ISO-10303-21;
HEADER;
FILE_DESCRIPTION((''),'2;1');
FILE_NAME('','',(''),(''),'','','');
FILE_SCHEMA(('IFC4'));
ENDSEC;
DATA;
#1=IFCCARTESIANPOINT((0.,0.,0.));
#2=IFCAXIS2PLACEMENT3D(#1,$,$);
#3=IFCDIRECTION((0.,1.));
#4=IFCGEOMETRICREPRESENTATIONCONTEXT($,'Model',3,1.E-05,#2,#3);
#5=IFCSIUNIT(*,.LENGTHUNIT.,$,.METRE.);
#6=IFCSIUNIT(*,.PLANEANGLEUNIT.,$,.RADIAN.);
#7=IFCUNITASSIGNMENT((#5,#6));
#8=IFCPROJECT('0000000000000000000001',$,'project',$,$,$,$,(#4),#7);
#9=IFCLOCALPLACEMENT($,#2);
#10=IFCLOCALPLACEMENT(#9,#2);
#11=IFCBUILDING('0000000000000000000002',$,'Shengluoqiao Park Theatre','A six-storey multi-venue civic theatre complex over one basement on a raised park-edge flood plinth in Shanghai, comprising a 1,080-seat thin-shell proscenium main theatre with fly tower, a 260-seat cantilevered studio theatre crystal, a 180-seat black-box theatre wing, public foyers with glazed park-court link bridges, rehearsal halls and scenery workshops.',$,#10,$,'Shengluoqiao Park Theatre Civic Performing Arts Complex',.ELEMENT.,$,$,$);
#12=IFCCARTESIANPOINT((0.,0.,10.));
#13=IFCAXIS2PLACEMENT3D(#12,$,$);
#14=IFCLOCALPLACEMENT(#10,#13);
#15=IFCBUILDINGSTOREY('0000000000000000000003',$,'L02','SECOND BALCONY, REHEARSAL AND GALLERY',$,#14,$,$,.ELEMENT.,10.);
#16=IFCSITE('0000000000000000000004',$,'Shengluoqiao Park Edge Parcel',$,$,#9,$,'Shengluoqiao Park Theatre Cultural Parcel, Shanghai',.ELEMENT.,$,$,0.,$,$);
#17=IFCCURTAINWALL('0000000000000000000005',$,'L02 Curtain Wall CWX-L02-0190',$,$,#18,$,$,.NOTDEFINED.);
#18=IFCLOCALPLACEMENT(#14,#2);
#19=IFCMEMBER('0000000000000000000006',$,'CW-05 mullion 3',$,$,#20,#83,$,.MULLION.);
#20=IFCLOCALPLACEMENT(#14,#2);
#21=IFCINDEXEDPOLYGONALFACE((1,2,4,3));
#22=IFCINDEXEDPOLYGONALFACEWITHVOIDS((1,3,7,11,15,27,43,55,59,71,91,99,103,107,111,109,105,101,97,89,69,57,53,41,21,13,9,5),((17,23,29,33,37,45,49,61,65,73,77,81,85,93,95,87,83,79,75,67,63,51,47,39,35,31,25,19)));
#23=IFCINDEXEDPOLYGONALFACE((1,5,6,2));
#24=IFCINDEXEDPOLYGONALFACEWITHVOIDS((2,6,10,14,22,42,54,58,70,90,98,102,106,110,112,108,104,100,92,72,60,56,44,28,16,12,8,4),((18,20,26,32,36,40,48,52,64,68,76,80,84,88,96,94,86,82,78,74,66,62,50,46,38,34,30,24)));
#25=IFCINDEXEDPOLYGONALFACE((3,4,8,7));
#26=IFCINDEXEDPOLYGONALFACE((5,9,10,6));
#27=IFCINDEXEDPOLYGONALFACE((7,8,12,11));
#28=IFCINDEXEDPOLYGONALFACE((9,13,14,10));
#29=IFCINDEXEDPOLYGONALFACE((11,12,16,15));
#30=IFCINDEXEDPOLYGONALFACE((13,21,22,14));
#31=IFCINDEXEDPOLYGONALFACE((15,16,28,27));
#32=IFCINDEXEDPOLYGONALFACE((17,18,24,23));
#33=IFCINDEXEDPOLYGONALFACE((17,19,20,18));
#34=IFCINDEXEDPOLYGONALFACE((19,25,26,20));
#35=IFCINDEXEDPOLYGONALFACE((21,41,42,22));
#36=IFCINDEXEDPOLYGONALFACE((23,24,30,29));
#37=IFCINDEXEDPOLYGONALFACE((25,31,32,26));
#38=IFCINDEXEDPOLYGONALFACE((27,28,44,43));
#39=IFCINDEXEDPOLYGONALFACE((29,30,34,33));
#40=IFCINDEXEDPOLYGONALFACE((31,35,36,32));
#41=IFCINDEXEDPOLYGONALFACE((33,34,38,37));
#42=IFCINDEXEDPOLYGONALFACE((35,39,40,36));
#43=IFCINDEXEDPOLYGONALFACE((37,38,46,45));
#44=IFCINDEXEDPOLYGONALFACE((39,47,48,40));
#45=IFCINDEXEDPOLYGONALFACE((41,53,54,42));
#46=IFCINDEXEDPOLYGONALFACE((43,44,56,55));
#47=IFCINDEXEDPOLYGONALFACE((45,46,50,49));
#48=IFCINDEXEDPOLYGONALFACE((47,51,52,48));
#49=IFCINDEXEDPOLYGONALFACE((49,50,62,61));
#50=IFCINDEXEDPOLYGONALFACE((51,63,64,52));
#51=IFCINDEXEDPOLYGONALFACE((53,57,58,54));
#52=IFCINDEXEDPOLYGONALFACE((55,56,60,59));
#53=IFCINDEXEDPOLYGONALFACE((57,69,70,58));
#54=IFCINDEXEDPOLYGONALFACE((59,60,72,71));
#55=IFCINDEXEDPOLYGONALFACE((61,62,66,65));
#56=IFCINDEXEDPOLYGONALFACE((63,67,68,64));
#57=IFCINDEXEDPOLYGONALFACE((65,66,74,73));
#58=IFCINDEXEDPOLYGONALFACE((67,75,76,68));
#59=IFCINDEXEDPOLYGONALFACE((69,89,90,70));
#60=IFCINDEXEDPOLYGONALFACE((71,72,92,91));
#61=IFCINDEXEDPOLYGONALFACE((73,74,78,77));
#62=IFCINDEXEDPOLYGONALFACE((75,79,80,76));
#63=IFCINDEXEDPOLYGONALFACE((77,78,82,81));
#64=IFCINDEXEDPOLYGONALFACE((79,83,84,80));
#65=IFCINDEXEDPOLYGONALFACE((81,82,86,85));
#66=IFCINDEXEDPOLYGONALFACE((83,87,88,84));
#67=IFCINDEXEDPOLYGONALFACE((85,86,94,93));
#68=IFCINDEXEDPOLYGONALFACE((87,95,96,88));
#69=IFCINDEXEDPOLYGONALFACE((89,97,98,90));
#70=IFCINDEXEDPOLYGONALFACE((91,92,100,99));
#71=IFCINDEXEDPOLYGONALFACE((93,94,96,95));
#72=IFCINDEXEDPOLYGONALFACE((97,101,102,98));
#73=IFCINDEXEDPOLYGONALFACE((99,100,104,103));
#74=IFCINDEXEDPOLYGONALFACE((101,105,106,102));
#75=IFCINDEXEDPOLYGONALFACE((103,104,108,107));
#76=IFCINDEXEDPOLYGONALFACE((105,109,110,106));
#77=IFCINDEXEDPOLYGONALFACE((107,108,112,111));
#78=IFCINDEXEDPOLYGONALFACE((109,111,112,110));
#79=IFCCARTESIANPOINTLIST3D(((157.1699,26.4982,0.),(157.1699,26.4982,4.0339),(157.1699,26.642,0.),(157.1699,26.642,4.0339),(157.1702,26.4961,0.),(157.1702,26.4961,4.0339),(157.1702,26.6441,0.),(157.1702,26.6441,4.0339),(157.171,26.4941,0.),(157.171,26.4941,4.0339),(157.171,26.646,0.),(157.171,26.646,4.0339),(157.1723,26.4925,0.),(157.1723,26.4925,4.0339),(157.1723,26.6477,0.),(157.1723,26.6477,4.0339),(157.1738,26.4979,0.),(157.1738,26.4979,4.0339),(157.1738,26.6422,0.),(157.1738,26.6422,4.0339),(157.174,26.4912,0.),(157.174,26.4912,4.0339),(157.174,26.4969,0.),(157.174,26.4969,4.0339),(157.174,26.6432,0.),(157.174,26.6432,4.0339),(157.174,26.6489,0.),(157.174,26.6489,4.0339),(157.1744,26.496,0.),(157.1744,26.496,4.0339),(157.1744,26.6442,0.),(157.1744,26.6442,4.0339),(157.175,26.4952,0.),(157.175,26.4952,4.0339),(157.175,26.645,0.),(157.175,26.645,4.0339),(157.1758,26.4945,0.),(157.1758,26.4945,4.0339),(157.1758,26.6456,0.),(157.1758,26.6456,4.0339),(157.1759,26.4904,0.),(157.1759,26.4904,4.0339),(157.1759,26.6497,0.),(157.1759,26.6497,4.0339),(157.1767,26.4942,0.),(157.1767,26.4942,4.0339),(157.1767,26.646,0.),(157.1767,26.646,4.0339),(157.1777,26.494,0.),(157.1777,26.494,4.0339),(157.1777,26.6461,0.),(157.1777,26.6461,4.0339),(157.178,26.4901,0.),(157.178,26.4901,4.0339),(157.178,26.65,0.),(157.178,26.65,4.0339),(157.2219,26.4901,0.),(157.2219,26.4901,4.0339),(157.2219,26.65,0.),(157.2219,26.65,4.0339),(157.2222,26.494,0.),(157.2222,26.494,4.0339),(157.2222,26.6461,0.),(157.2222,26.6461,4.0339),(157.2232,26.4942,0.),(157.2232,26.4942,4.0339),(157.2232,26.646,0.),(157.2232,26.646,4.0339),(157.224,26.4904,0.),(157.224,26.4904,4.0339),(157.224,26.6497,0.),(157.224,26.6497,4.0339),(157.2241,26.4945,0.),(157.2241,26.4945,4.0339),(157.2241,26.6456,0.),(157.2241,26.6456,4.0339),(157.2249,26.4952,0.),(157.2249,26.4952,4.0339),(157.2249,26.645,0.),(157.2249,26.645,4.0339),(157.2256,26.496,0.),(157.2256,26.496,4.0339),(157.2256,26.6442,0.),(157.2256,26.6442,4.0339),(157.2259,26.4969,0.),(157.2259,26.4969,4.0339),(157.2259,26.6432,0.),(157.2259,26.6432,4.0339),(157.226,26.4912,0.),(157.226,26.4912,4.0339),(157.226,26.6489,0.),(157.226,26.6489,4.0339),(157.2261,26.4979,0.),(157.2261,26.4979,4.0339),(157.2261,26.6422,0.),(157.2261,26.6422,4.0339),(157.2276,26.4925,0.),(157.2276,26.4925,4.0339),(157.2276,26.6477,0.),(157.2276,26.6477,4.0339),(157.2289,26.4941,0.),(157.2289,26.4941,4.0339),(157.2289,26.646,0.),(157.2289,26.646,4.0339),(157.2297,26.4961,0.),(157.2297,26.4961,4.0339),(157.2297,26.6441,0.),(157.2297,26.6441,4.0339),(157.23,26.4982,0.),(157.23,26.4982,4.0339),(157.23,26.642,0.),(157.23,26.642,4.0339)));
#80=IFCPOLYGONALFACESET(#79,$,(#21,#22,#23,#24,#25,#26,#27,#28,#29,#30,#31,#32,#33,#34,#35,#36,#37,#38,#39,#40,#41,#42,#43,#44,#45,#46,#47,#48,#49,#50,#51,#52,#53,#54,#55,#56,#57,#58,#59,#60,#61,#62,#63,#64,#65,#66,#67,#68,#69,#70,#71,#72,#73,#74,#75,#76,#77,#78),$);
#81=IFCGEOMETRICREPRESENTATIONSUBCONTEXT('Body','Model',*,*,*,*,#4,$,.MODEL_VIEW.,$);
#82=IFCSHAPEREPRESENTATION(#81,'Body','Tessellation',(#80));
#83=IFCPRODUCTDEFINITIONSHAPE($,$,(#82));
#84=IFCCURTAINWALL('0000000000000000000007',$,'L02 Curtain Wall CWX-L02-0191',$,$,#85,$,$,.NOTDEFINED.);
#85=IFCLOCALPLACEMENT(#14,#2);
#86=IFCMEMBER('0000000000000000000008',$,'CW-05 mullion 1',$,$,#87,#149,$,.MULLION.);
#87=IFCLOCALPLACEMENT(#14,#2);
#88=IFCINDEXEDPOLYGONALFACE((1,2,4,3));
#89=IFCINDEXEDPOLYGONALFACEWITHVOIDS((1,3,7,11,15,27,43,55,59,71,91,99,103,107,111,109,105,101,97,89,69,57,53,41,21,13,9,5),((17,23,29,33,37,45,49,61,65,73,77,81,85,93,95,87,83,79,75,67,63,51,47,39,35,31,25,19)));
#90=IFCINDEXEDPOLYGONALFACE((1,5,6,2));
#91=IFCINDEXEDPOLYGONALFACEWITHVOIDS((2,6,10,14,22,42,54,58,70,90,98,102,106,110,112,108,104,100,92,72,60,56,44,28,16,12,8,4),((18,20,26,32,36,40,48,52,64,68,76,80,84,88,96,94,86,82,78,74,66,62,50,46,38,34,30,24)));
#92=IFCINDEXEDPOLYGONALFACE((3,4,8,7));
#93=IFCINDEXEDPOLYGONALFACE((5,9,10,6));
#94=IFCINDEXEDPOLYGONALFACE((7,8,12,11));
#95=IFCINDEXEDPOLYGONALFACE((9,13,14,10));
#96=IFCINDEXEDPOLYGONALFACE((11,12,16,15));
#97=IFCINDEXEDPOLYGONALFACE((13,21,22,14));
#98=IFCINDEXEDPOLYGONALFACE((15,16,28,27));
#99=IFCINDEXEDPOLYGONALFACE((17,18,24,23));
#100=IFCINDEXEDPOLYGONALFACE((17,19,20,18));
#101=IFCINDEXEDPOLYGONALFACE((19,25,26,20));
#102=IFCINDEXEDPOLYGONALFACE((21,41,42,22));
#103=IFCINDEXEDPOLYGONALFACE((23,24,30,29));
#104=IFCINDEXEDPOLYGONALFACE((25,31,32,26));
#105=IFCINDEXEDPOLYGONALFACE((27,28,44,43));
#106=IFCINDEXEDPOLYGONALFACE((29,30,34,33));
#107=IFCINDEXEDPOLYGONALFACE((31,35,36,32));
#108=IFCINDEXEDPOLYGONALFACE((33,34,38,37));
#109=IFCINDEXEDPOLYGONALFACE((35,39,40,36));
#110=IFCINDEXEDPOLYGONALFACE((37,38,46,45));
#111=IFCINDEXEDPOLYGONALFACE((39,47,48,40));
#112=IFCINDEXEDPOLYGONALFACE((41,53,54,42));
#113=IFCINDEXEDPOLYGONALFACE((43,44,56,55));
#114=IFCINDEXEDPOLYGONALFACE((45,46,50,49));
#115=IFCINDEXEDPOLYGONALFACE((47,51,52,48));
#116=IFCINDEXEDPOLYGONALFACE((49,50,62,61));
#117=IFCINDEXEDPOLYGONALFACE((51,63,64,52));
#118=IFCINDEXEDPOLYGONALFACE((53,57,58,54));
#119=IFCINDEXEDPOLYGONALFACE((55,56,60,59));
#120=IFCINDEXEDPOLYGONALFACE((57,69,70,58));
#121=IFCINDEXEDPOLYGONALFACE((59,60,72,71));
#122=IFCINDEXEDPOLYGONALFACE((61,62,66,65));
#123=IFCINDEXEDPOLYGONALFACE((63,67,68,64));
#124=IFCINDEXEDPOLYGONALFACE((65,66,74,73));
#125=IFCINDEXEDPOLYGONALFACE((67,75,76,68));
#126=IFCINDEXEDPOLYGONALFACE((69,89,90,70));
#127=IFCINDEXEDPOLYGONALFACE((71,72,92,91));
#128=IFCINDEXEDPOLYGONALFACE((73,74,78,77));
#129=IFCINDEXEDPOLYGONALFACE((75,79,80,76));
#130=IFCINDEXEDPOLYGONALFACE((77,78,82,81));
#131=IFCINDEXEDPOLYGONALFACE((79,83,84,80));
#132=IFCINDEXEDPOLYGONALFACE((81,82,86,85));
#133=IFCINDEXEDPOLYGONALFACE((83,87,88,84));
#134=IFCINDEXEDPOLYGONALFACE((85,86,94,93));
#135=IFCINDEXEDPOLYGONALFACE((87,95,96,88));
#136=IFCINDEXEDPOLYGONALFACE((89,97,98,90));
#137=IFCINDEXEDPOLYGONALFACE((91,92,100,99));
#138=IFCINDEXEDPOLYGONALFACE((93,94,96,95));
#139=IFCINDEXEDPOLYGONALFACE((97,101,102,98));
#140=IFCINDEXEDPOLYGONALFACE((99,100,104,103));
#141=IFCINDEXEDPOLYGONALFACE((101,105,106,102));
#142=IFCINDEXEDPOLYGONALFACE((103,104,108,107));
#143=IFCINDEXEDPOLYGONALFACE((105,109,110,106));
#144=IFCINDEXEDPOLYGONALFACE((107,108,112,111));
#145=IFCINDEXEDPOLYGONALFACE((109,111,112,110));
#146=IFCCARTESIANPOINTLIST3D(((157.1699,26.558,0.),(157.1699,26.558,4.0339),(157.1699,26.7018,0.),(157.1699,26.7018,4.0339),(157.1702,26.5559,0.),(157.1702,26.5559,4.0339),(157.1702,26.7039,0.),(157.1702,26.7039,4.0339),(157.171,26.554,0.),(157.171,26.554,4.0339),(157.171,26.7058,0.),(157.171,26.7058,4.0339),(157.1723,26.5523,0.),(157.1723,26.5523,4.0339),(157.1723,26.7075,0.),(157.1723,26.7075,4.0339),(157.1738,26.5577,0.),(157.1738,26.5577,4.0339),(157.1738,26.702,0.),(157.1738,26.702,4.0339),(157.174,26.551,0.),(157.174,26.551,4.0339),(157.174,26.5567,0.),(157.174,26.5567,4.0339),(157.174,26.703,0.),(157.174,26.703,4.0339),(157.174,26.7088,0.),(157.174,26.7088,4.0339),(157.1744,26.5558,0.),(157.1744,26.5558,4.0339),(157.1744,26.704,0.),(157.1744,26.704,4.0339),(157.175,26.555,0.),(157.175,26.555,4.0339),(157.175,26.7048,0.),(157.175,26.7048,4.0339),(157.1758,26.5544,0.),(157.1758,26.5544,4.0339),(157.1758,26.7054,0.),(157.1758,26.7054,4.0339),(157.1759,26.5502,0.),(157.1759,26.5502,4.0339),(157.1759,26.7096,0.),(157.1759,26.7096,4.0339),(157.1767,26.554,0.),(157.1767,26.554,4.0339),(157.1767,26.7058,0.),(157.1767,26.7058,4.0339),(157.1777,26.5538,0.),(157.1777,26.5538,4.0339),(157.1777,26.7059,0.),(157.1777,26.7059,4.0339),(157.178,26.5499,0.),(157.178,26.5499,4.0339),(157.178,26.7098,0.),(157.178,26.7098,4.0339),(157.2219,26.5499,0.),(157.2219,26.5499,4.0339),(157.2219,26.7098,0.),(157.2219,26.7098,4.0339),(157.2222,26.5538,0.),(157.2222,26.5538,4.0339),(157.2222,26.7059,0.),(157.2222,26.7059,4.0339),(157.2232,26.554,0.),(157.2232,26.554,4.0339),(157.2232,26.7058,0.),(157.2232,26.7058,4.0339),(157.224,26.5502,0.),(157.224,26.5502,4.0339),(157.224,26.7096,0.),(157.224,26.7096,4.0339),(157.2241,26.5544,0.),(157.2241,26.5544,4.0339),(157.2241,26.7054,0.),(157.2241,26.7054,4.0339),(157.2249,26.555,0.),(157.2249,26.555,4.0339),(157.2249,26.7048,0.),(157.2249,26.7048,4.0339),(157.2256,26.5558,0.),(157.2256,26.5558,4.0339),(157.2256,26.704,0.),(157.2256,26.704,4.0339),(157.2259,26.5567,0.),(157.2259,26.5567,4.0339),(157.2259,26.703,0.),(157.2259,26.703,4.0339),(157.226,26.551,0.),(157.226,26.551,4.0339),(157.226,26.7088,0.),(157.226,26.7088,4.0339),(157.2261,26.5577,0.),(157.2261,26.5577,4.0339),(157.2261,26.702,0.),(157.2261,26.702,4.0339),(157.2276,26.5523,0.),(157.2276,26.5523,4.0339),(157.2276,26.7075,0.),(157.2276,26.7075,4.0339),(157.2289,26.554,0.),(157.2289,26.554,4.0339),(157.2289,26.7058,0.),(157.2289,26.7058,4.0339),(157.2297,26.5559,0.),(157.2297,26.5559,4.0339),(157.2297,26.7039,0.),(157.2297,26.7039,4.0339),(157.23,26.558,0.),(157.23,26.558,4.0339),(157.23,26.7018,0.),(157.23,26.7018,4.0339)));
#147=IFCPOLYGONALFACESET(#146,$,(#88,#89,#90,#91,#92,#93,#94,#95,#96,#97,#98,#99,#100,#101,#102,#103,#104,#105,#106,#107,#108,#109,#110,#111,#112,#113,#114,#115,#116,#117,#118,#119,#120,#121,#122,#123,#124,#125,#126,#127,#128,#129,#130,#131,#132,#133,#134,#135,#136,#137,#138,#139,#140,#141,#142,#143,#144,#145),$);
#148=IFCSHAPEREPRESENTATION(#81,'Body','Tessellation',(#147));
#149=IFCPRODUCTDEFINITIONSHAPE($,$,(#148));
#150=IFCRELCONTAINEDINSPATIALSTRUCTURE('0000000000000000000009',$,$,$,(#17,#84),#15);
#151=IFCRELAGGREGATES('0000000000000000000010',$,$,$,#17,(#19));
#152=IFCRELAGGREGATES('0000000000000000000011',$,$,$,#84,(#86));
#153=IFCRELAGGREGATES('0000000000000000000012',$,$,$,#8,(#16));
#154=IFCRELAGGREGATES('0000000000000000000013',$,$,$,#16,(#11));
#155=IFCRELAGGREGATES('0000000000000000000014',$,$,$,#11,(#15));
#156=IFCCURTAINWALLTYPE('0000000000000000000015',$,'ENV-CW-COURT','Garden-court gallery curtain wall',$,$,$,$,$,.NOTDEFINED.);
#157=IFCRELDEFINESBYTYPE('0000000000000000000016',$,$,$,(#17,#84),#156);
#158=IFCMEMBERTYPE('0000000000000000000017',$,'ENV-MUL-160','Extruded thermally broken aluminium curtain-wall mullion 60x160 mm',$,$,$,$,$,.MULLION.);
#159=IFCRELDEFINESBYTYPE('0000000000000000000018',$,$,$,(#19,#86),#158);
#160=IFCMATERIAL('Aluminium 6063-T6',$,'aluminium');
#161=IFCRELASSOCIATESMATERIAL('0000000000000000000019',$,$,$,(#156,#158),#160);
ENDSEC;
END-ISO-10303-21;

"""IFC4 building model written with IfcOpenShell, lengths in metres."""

from ifc_helpers import new_model, si_unit, direction, frame, origin, origin_2d, place, context, subcontext, project, spatial, hollow_rectangle, extrude, material, material_profile, profile_set, type_object, element, aggregate, save


model = new_model("IFC4")

# Units and contexts
model_context = context("Model", 3, precision=1e-05, world=origin(), true_north=direction((0.0, 1.0)))
body_context = subcontext(model_context, "Body", "Model", "MODEL_VIEW")
ifc_project = project(units=[si_unit("LENGTHUNIT", "METRE"), si_unit("PLANEANGLEUNIT", "RADIAN")], contexts=[model_context])

# Site, building, storey
site_placement = place(None, origin())
site = spatial("IfcSite", under=ifc_project, at=site_placement, Name="Shengluoqiao Park Edge Parcel", LongName="Shengluoqiao Park Theatre Cultural Parcel, Shanghai", CompositionType="ELEMENT", RefElevation=0.0)
building_placement = place(site_placement, origin())
building = spatial("IfcBuilding", under=site, at=building_placement, Name="Shengluoqiao Park Theatre", Description="A six-storey multi-venue civic theatre complex over one basement on a raised park-edge flood plinth in Shanghai, comprising a 1,080-seat thin-shell proscenium main theatre with fly tower, a 260-seat cantilevered studio theatre crystal, a 180-seat black-box theatre wing, public foyers with glazed park-court link bridges, rehearsal halls and scenery workshops.", LongName="Shengluoqiao Park Theatre Civic Performing Arts Complex", CompositionType="ELEMENT")
storey_placement = place(building_placement, frame((0.0, 0.0, 10.0)))
storey = spatial("IfcBuildingStorey", under=building, at=storey_placement, Name="L02", Description="SECOND BALCONY, REHEARSAL AND GALLERY", CompositionType="ELEMENT", Elevation=10.0)

# Curtain walls, members
ifc_material_1 = material(Name="Aluminium 6063-T6", Category="aluminium")
curtain_wall_type = type_object("IfcCurtainWallType", Name="ENV-CW-COURT", Description="Garden-court gallery curtain wall", PredefinedType="NOTDEFINED", material=ifc_material_1)
curtain_wall_1_placement = place(storey_placement, origin())
curtain_wall_1 = element("IfcCurtainWall", 1, at=curtain_wall_1_placement, inside=storey, type_object=curtain_wall_type, Name="L02 Curtain Wall CWX-L02-0190", PredefinedType="NOTDEFINED")
ifc_material_profile_1 = material_profile(ifc_material_1, hollow_rectangle(XDim=0.0601, YDim=0.1599, WallThickness=0.0039, InnerFilletRadius=0.0039, OuterFilletRadius=0.0081, at=origin_2d()), Name="ALU MULLION 160x60x4")
ifc_profile_set_1 = profile_set([ifc_material_profile_1], Name="Aluminium 6063-T6")
member_type_1 = type_object("IfcMemberType", Name="ENV-MUL-160", Description="Extruded thermally broken aluminium curtain-wall mullion 60x160 mm", PredefinedType="MULLION", material=ifc_profile_set_1)
member_1_placement = place(storey_placement, frame((157.2, 26.5701, 0.0), z_axis=(0.0, 0.0, 1.0), x_axis=(-1.0, 0.0, 0.0)))
member_1 = element("IfcMember", 2, at=member_1_placement, type_object=member_type_1, Name="CW-05 mullion 3", PredefinedType="MULLION", context=body_context, shape_type="SweptSolid", body=[
    extrude(hollow_rectangle(XDim=0.0601, YDim=0.1599, WallThickness=0.0039, InnerFilletRadius=0.0039, OuterFilletRadius=0.0081, at=origin_2d()), origin(), (0.0, 0.0, 1.0), 4.0339),
])
curtain_wall_2_placement = place(storey_placement, origin())
curtain_wall_2 = element("IfcCurtainWall", 3, at=curtain_wall_2_placement, inside=storey, type_object=curtain_wall_type, Name="L02 Curtain Wall CWX-L02-0191", PredefinedType="NOTDEFINED")
member_2_placement = place(storey_placement, frame((157.2, 26.6299, 0.0), z_axis=(0.0, 0.0, 1.0), x_axis=(-1.0, 0.0, 0.0)))
member_2 = element("IfcMember", 4, at=member_2_placement, type_object=member_type_1, Name="CW-05 mullion 1", PredefinedType="MULLION", context=body_context, shape_type="SweptSolid", body=[
    extrude(hollow_rectangle(XDim=0.0601, YDim=0.1599, WallThickness=0.0039, InnerFilletRadius=0.0039, OuterFilletRadius=0.0081, at=origin_2d()), origin(), (0.0, 0.0, 1.0), 4.0339),
])

aggregate(curtain_wall_1, [member_1])
aggregate(curtain_wall_2, [member_2])

save(model, "model.ifc")
